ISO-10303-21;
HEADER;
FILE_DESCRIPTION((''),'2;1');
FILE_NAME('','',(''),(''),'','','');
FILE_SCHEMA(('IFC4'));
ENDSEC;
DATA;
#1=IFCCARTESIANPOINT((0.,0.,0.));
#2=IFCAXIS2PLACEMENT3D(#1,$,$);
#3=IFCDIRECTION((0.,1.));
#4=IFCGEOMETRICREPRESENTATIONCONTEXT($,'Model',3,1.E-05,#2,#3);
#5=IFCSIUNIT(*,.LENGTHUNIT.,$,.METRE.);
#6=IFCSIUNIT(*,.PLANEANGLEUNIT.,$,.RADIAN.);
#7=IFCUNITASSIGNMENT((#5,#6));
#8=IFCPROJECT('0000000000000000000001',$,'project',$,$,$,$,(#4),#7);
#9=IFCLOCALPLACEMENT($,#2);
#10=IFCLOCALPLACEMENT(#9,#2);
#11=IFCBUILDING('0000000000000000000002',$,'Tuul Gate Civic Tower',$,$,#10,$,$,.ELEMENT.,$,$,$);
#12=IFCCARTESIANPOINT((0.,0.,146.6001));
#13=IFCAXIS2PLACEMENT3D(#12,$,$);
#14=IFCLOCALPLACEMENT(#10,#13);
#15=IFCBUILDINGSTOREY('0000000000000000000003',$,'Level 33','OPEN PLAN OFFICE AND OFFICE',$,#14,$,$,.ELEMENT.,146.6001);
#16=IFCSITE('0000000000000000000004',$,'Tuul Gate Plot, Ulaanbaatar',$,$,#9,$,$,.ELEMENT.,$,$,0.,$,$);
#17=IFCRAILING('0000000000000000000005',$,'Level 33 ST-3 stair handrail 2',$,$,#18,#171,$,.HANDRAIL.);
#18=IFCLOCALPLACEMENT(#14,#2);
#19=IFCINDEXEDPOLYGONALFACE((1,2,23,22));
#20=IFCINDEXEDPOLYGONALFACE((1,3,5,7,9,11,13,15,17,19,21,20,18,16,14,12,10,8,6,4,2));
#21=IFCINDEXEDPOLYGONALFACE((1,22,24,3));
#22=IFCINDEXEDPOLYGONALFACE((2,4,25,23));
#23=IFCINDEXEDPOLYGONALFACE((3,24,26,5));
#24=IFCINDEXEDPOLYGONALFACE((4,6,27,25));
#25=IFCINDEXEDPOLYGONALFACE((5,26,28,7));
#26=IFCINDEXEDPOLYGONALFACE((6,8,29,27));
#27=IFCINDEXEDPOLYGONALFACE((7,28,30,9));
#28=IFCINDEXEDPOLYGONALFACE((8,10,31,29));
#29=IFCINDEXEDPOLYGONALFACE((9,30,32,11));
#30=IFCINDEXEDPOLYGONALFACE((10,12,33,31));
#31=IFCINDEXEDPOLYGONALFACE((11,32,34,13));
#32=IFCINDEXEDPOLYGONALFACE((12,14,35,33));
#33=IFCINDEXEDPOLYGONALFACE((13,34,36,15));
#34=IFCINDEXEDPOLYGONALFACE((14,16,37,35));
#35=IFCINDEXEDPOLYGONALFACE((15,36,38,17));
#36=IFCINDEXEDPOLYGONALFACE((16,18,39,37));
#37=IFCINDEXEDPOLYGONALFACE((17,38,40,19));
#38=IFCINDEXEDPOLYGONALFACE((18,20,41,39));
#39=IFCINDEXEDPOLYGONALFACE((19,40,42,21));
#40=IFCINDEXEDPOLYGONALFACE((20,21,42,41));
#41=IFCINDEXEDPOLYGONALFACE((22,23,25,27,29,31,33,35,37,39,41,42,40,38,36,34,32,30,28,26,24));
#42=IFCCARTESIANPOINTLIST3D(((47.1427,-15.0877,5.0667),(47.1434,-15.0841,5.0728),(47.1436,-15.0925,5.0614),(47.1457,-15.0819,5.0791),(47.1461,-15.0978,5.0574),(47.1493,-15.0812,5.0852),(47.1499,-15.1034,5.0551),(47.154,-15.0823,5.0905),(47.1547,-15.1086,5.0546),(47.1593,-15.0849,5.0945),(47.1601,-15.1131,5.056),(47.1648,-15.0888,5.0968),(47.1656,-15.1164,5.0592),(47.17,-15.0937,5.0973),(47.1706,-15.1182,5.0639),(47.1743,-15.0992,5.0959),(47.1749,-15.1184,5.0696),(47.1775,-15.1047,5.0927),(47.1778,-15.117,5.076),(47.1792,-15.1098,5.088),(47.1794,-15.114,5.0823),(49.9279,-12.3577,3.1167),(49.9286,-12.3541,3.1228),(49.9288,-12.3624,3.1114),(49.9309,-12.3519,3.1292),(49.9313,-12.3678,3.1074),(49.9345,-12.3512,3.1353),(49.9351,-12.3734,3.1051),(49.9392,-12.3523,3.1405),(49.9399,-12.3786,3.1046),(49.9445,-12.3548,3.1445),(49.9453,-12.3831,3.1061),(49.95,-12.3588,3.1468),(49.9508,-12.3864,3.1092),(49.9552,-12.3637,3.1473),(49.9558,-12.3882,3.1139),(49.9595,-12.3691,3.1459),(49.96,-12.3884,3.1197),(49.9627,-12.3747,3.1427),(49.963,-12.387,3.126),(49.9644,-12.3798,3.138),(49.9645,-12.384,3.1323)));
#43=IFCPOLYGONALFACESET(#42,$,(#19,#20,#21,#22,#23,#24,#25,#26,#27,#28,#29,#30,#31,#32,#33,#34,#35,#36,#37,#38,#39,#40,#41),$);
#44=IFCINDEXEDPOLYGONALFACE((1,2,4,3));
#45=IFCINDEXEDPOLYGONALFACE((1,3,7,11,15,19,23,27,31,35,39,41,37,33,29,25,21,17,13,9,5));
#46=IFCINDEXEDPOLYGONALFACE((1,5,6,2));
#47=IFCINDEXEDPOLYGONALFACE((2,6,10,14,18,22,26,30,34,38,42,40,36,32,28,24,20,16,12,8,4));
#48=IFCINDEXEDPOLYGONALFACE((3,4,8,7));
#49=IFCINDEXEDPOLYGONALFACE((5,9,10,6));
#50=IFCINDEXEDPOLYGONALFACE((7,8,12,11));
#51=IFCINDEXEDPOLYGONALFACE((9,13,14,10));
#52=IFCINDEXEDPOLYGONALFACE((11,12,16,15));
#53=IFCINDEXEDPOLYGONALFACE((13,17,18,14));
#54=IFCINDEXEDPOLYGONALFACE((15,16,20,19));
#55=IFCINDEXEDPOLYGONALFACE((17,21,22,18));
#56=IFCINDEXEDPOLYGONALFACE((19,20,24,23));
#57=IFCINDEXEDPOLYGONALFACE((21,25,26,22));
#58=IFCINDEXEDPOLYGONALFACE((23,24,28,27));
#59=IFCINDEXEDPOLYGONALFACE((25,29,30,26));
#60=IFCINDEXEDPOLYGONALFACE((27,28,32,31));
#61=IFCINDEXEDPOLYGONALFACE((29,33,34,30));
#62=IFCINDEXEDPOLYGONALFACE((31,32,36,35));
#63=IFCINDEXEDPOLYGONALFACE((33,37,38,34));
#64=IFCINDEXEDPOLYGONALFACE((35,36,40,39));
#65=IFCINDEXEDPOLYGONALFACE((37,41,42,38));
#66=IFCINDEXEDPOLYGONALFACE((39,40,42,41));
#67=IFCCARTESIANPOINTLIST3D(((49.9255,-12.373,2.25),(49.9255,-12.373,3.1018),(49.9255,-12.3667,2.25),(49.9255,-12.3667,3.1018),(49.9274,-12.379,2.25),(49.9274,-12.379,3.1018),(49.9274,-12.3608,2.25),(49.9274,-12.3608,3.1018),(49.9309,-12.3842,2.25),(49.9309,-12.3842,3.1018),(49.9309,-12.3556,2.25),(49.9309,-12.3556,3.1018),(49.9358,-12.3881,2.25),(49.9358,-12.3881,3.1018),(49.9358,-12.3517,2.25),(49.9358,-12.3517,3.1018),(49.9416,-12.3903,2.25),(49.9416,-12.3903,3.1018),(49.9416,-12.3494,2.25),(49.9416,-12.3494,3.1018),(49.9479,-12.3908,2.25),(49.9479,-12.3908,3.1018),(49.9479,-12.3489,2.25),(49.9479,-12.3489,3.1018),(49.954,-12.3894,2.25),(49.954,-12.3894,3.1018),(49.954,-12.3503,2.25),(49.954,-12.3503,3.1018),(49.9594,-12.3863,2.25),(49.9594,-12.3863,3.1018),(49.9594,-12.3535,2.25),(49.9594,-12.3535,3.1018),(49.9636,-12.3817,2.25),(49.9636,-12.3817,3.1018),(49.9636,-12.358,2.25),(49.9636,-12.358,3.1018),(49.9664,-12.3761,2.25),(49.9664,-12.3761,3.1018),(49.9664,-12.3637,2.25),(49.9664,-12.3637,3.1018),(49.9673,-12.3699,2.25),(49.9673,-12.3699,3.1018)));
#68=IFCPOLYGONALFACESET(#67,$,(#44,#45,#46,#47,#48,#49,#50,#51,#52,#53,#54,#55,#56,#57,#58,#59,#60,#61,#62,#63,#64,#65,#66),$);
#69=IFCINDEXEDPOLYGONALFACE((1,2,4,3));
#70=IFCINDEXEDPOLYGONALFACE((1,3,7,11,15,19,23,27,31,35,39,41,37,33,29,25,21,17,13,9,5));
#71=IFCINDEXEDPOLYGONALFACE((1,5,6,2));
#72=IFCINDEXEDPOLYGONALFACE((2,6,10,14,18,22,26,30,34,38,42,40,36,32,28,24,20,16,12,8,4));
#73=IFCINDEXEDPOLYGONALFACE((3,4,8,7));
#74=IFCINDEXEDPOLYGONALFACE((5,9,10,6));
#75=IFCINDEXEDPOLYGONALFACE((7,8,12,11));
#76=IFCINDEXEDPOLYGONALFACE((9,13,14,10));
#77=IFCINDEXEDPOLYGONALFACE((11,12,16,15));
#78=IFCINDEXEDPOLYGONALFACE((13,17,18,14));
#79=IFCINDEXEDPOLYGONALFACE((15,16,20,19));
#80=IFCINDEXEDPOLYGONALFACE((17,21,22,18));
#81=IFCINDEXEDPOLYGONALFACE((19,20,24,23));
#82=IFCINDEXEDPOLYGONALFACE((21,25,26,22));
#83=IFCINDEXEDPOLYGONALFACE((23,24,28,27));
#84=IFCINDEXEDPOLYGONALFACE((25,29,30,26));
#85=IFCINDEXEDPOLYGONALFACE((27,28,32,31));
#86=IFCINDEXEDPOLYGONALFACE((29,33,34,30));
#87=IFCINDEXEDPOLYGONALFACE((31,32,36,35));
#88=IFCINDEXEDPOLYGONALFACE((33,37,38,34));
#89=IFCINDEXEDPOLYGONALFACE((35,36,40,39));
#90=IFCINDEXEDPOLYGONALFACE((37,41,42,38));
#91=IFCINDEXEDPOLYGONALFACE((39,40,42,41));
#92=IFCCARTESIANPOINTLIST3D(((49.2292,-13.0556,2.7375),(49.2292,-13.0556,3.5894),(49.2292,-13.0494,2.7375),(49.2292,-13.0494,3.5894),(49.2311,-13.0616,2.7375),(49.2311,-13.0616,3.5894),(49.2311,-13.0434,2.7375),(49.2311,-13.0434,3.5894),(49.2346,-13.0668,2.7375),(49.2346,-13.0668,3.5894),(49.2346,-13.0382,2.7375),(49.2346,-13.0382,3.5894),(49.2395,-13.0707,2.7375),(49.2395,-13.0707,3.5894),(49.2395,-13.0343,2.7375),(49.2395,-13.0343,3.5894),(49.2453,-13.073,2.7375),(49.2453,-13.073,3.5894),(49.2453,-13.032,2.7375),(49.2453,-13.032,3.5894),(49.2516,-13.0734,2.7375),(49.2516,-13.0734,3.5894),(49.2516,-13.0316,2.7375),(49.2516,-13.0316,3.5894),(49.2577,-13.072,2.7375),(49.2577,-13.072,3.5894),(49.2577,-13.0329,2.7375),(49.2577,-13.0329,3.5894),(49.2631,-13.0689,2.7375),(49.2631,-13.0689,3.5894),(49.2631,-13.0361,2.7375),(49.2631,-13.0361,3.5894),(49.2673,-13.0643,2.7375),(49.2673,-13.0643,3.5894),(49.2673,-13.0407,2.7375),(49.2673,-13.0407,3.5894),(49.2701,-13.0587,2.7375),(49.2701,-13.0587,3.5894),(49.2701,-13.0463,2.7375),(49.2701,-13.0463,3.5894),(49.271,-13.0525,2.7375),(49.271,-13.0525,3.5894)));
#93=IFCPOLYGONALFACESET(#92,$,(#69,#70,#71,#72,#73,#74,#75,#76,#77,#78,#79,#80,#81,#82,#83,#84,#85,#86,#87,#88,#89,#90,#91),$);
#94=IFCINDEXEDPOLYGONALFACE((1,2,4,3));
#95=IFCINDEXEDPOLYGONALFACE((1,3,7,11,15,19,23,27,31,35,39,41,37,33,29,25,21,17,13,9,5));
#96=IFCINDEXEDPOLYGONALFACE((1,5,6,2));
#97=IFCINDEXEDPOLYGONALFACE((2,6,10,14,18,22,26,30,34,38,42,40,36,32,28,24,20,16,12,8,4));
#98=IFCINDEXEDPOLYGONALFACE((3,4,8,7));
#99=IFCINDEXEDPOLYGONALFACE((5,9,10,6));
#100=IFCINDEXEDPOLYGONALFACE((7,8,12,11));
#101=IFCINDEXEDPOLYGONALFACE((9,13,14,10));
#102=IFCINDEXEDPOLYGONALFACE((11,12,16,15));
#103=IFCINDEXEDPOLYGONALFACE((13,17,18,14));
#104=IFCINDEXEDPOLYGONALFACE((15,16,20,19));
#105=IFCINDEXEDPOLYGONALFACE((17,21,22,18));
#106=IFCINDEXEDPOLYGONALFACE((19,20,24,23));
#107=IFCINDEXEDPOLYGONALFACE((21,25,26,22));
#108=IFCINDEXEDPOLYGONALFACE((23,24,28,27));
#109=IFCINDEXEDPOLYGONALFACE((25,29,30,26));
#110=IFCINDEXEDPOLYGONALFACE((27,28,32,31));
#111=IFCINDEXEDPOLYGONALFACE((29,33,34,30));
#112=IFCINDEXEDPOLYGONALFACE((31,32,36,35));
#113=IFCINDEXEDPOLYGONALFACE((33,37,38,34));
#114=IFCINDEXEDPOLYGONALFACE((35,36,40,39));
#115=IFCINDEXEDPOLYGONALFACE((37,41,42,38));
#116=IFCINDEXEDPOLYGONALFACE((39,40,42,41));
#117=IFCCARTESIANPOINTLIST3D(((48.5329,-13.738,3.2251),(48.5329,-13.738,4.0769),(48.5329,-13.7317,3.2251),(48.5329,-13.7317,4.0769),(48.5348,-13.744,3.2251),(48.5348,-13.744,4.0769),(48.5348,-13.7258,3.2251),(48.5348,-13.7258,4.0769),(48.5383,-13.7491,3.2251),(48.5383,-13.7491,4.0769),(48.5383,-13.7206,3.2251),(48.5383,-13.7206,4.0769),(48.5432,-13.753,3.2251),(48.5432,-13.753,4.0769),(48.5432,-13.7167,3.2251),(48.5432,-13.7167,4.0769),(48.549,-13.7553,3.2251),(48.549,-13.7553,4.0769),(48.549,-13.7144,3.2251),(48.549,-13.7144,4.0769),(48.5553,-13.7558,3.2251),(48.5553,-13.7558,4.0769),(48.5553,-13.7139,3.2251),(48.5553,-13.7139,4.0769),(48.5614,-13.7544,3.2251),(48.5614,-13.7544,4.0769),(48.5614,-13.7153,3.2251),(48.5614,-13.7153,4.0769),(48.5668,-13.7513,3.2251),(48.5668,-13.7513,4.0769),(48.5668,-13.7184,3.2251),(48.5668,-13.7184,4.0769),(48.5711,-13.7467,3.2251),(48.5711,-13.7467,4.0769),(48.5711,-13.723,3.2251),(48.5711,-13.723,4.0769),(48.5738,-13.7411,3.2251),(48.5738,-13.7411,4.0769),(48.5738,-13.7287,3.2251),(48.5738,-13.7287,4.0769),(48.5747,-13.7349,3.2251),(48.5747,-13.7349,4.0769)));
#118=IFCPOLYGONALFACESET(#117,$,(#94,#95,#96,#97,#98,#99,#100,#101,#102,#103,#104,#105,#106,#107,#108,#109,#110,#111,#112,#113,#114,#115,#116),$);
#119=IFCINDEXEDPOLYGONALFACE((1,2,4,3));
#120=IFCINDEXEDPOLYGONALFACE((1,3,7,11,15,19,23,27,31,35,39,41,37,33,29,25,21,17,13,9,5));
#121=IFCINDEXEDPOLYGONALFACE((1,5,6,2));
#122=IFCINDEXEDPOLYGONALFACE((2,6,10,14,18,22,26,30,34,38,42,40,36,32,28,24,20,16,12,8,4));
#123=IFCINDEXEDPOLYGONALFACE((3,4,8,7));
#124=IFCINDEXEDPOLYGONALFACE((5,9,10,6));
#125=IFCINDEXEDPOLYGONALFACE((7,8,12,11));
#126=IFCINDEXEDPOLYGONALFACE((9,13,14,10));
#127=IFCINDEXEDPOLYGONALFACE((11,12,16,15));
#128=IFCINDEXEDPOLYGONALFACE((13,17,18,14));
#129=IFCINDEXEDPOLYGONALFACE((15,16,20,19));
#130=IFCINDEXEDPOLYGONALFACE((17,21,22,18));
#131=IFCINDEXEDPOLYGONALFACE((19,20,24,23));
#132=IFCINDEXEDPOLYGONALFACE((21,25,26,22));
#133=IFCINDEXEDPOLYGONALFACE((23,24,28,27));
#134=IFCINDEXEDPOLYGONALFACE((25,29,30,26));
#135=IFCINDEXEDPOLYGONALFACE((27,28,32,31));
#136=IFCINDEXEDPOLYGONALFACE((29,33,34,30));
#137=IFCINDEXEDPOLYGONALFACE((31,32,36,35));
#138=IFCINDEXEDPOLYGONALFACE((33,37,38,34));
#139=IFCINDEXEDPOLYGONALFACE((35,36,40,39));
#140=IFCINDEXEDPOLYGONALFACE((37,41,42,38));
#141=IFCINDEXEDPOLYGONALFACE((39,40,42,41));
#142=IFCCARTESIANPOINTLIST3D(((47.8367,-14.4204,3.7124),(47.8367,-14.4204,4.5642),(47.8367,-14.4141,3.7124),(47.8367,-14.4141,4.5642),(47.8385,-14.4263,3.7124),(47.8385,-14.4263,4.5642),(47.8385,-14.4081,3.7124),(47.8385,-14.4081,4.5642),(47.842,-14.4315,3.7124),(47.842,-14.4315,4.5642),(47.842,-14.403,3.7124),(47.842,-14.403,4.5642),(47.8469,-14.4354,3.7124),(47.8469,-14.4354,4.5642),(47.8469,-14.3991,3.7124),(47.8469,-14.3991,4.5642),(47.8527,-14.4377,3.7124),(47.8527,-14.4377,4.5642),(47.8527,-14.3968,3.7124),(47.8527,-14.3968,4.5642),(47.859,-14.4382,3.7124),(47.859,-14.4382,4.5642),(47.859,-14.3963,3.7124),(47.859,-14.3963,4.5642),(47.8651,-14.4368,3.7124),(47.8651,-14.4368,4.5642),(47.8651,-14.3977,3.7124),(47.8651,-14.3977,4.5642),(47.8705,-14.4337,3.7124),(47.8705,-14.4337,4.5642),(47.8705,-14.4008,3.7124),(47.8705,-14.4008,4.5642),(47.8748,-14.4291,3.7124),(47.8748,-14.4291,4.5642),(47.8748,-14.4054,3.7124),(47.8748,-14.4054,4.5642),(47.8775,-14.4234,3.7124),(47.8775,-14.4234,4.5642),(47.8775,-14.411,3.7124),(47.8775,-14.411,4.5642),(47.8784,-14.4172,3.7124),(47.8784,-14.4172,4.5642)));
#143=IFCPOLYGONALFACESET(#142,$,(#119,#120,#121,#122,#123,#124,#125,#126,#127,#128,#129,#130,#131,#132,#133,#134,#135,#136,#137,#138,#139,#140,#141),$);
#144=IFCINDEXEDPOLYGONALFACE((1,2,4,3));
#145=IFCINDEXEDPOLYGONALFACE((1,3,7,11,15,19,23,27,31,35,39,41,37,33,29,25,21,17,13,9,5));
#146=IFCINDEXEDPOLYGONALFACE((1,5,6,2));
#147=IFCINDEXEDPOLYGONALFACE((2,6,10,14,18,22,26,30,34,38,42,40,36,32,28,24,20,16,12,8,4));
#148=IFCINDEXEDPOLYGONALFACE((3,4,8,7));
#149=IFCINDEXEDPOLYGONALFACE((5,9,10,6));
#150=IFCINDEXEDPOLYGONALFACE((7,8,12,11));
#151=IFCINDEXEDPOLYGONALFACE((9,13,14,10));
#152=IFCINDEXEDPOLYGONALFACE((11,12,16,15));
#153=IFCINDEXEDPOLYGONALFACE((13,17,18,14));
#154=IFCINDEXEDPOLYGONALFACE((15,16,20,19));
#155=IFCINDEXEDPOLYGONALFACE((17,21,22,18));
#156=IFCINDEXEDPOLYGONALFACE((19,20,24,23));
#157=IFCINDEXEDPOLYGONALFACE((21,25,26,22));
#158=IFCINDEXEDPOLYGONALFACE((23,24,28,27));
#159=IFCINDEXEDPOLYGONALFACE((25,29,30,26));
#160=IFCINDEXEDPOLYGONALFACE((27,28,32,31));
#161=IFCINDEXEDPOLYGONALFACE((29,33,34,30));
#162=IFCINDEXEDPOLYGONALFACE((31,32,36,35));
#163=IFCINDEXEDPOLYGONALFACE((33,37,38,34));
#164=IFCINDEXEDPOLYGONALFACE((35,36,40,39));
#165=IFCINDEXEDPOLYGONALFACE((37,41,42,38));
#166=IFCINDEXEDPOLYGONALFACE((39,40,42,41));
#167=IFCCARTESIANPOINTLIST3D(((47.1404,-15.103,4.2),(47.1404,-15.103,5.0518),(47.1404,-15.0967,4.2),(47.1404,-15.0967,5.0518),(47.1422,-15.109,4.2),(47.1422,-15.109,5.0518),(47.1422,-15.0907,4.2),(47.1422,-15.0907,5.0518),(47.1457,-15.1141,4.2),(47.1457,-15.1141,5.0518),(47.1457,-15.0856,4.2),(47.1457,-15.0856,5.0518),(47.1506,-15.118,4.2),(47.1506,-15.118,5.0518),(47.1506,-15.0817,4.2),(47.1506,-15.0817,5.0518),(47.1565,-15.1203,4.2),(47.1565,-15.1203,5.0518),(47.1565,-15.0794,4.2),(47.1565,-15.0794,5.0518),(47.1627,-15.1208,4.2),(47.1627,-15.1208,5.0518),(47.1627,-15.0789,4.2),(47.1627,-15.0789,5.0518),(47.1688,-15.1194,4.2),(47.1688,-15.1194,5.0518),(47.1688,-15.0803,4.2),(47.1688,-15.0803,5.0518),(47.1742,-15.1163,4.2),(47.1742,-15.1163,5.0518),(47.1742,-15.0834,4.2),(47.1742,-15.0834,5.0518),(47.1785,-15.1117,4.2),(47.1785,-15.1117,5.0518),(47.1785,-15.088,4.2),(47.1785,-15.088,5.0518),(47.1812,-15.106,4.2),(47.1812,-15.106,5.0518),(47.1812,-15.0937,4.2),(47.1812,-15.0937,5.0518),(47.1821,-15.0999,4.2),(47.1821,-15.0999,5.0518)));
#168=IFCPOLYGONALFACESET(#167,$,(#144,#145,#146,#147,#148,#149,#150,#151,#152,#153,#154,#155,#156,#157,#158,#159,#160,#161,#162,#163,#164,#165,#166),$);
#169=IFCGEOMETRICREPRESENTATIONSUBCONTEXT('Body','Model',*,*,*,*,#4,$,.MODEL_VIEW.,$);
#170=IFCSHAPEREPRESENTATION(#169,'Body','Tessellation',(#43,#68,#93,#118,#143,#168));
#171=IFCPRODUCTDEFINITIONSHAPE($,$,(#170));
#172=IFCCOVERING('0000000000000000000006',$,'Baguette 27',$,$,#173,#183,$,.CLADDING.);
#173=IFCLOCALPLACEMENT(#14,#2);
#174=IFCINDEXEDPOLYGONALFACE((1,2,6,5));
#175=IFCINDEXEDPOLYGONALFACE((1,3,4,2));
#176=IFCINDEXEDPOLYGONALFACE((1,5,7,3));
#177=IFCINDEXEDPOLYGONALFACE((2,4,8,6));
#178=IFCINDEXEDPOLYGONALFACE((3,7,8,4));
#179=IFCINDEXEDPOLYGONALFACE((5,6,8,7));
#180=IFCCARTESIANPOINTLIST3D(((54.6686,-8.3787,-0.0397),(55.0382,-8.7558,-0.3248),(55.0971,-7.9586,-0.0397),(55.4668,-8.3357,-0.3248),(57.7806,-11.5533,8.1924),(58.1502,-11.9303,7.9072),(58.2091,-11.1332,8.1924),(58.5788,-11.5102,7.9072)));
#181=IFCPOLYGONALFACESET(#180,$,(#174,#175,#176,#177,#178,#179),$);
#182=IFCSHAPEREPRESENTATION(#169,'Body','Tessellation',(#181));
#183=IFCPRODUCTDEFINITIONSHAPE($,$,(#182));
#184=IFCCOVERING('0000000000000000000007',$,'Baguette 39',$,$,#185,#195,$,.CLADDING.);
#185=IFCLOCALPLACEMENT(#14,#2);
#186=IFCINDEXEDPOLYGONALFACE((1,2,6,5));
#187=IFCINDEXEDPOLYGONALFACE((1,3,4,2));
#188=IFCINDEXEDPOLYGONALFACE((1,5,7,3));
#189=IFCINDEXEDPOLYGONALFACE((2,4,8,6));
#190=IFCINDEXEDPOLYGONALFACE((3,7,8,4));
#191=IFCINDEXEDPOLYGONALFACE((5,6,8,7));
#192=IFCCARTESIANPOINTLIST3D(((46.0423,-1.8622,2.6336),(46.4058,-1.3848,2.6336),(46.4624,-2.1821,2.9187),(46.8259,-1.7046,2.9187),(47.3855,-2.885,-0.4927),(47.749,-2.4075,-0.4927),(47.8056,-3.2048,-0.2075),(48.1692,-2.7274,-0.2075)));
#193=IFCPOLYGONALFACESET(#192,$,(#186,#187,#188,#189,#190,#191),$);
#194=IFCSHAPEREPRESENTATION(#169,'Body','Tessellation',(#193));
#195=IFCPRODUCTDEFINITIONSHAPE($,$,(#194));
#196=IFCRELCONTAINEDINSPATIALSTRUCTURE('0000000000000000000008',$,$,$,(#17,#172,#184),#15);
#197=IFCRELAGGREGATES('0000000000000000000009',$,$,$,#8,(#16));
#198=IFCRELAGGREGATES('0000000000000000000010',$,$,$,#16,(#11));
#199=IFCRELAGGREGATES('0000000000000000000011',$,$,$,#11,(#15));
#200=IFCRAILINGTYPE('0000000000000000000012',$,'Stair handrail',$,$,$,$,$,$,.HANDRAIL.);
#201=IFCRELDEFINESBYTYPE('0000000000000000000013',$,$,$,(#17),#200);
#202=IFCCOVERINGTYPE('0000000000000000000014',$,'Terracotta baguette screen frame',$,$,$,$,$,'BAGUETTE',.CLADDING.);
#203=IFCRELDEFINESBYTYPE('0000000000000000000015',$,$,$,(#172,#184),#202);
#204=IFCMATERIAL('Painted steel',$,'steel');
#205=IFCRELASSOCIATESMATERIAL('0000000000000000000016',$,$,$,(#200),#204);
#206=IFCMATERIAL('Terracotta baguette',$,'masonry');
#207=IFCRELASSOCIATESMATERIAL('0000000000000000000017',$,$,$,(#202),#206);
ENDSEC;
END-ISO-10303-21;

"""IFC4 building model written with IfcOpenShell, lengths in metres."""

from ifc_helpers import new_model, si_unit, direction, frame, origin, origin_2d, place, context, subcontext, project, spatial, rectangle, circle, extrude, material, material_profile, profile_set, type_object, element, save


model = new_model("IFC4")

# Units and contexts
model_context = context("Model", 3, precision=1e-05, world=origin(), true_north=direction((0.0, 1.0)))
body_context = subcontext(model_context, "Body", "Model", "MODEL_VIEW")
ifc_project = project(units=[si_unit("LENGTHUNIT", "METRE"), si_unit("PLANEANGLEUNIT", "RADIAN")], contexts=[model_context])

# Site, building, storey
site_placement = place(None, origin())
site = spatial("IfcSite", under=ifc_project, at=site_placement, Name="Tuul Gate Plot, Ulaanbaatar", CompositionType="ELEMENT", RefElevation=0.0)
building_placement = place(site_placement, origin())
building = spatial("IfcBuilding", under=site, at=building_placement, Name="Tuul Gate Civic Tower", CompositionType="ELEMENT")
storey_placement = place(building_placement, frame((0.0, 0.0, 146.6001)))
storey = spatial("IfcBuildingStorey", under=building, at=storey_placement, Name="Level 33", Description="OPEN PLAN OFFICE AND OFFICE", CompositionType="ELEMENT", Elevation=146.6001)

# Railing
ifc_material_1 = material(Name="Painted steel", Category="steel")
railing_type_1 = type_object("IfcRailingType", Name="Stair handrail", PredefinedType="HANDRAIL", material=ifc_material_1)
railing_1_placement = place(storey_placement, frame((49.9463, -12.3699, 2.25)))
element("IfcRailing", 1, at=railing_1_placement, inside=storey, type_object=railing_type_1, Name="Level 33 ST-3 stair handrail 2", PredefinedType="HANDRAIL", context=body_context, shape_type="SweptSolid", body=[
    extrude(circle(Radius=0.0239, at=origin_2d()), frame((0.0, 0.0, 0.876), z_axis=(-0.638754, -0.6261, 0.447206), x_axis=(0.699998, -0.714145, 0.0)), (0.0, 0.0, 1.0), 4.3604),
    extrude(circle(Radius=0.021, at=origin_2d()), origin(), (0.0, 0.0, 1.0), 0.8518),
    extrude(circle(Radius=0.021, at=origin_2d()), frame((-0.6963, -0.6826, 0.4875)), (0.0, 0.0, 1.0), 0.8518),
    extrude(circle(Radius=0.021, at=origin_2d()), frame((-1.3926, -1.365, 0.9751)), (0.0, 0.0, 1.0), 0.8518),
    extrude(circle(Radius=0.021, at=origin_2d()), frame((-2.0889, -2.0474, 1.4624)), (0.0, 0.0, 1.0), 0.8518),
    extrude(circle(Radius=0.021, at=origin_2d()), frame((-2.7852, -2.73, 1.95)), (0.0, 0.0, 1.0), 0.8518),
])

# Coverings
ifc_material_2 = material(Name="Terracotta baguette", Category="masonry")
ifc_material_profile_1 = material_profile(ifc_material_2, rectangle(XDim=0.6001, YDim=0.6001, at=origin_2d()), Name="Terracotta baguette screen frame")
ifc_profile_set_1 = profile_set([ifc_material_profile_1], Name="Terracotta baguette")
covering_type = type_object("IfcCoveringType", Name="Terracotta baguette screen frame", ElementType="BAGUETTE", PredefinedType="CLADDING", material=ifc_profile_set_1)
covering_1_placement = place(storey_placement, frame((58.1797, -11.5317, 8.0498), z_axis=(-0.332633, 0.339314, -0.879898), x_axis=(-0.714101, -0.700042, 0.0)))
element("IfcCovering", 2, at=covering_1_placement, inside=storey, type_object=covering_type, Name="Baguette 27", PredefinedType="CLADDING", context=body_context, shape_type="SweptSolid", body=[
    extrude(rectangle(XDim=0.6001, YDim=0.6001, at=origin_2d()), origin(), (0.0, 0.0, 1.0), 9.3557),
])
covering_2_placement = place(storey_placement, frame((47.7773, -2.8062, -0.3501), z_axis=(-0.378068, 0.287846, 0.879892), x_axis=(-0.605769, -0.795641, 0.0)))
element("IfcCovering", 3, at=covering_2_placement, inside=storey, type_object=covering_type, Name="Baguette 39", PredefinedType="CLADDING", context=body_context, shape_type="SweptSolid", body=[
    extrude(rectangle(XDim=0.6001, YDim=0.6001, at=origin_2d()), origin(), (0.0, 0.0, 1.0), 3.553),
])

save(model, "model.ifc")
